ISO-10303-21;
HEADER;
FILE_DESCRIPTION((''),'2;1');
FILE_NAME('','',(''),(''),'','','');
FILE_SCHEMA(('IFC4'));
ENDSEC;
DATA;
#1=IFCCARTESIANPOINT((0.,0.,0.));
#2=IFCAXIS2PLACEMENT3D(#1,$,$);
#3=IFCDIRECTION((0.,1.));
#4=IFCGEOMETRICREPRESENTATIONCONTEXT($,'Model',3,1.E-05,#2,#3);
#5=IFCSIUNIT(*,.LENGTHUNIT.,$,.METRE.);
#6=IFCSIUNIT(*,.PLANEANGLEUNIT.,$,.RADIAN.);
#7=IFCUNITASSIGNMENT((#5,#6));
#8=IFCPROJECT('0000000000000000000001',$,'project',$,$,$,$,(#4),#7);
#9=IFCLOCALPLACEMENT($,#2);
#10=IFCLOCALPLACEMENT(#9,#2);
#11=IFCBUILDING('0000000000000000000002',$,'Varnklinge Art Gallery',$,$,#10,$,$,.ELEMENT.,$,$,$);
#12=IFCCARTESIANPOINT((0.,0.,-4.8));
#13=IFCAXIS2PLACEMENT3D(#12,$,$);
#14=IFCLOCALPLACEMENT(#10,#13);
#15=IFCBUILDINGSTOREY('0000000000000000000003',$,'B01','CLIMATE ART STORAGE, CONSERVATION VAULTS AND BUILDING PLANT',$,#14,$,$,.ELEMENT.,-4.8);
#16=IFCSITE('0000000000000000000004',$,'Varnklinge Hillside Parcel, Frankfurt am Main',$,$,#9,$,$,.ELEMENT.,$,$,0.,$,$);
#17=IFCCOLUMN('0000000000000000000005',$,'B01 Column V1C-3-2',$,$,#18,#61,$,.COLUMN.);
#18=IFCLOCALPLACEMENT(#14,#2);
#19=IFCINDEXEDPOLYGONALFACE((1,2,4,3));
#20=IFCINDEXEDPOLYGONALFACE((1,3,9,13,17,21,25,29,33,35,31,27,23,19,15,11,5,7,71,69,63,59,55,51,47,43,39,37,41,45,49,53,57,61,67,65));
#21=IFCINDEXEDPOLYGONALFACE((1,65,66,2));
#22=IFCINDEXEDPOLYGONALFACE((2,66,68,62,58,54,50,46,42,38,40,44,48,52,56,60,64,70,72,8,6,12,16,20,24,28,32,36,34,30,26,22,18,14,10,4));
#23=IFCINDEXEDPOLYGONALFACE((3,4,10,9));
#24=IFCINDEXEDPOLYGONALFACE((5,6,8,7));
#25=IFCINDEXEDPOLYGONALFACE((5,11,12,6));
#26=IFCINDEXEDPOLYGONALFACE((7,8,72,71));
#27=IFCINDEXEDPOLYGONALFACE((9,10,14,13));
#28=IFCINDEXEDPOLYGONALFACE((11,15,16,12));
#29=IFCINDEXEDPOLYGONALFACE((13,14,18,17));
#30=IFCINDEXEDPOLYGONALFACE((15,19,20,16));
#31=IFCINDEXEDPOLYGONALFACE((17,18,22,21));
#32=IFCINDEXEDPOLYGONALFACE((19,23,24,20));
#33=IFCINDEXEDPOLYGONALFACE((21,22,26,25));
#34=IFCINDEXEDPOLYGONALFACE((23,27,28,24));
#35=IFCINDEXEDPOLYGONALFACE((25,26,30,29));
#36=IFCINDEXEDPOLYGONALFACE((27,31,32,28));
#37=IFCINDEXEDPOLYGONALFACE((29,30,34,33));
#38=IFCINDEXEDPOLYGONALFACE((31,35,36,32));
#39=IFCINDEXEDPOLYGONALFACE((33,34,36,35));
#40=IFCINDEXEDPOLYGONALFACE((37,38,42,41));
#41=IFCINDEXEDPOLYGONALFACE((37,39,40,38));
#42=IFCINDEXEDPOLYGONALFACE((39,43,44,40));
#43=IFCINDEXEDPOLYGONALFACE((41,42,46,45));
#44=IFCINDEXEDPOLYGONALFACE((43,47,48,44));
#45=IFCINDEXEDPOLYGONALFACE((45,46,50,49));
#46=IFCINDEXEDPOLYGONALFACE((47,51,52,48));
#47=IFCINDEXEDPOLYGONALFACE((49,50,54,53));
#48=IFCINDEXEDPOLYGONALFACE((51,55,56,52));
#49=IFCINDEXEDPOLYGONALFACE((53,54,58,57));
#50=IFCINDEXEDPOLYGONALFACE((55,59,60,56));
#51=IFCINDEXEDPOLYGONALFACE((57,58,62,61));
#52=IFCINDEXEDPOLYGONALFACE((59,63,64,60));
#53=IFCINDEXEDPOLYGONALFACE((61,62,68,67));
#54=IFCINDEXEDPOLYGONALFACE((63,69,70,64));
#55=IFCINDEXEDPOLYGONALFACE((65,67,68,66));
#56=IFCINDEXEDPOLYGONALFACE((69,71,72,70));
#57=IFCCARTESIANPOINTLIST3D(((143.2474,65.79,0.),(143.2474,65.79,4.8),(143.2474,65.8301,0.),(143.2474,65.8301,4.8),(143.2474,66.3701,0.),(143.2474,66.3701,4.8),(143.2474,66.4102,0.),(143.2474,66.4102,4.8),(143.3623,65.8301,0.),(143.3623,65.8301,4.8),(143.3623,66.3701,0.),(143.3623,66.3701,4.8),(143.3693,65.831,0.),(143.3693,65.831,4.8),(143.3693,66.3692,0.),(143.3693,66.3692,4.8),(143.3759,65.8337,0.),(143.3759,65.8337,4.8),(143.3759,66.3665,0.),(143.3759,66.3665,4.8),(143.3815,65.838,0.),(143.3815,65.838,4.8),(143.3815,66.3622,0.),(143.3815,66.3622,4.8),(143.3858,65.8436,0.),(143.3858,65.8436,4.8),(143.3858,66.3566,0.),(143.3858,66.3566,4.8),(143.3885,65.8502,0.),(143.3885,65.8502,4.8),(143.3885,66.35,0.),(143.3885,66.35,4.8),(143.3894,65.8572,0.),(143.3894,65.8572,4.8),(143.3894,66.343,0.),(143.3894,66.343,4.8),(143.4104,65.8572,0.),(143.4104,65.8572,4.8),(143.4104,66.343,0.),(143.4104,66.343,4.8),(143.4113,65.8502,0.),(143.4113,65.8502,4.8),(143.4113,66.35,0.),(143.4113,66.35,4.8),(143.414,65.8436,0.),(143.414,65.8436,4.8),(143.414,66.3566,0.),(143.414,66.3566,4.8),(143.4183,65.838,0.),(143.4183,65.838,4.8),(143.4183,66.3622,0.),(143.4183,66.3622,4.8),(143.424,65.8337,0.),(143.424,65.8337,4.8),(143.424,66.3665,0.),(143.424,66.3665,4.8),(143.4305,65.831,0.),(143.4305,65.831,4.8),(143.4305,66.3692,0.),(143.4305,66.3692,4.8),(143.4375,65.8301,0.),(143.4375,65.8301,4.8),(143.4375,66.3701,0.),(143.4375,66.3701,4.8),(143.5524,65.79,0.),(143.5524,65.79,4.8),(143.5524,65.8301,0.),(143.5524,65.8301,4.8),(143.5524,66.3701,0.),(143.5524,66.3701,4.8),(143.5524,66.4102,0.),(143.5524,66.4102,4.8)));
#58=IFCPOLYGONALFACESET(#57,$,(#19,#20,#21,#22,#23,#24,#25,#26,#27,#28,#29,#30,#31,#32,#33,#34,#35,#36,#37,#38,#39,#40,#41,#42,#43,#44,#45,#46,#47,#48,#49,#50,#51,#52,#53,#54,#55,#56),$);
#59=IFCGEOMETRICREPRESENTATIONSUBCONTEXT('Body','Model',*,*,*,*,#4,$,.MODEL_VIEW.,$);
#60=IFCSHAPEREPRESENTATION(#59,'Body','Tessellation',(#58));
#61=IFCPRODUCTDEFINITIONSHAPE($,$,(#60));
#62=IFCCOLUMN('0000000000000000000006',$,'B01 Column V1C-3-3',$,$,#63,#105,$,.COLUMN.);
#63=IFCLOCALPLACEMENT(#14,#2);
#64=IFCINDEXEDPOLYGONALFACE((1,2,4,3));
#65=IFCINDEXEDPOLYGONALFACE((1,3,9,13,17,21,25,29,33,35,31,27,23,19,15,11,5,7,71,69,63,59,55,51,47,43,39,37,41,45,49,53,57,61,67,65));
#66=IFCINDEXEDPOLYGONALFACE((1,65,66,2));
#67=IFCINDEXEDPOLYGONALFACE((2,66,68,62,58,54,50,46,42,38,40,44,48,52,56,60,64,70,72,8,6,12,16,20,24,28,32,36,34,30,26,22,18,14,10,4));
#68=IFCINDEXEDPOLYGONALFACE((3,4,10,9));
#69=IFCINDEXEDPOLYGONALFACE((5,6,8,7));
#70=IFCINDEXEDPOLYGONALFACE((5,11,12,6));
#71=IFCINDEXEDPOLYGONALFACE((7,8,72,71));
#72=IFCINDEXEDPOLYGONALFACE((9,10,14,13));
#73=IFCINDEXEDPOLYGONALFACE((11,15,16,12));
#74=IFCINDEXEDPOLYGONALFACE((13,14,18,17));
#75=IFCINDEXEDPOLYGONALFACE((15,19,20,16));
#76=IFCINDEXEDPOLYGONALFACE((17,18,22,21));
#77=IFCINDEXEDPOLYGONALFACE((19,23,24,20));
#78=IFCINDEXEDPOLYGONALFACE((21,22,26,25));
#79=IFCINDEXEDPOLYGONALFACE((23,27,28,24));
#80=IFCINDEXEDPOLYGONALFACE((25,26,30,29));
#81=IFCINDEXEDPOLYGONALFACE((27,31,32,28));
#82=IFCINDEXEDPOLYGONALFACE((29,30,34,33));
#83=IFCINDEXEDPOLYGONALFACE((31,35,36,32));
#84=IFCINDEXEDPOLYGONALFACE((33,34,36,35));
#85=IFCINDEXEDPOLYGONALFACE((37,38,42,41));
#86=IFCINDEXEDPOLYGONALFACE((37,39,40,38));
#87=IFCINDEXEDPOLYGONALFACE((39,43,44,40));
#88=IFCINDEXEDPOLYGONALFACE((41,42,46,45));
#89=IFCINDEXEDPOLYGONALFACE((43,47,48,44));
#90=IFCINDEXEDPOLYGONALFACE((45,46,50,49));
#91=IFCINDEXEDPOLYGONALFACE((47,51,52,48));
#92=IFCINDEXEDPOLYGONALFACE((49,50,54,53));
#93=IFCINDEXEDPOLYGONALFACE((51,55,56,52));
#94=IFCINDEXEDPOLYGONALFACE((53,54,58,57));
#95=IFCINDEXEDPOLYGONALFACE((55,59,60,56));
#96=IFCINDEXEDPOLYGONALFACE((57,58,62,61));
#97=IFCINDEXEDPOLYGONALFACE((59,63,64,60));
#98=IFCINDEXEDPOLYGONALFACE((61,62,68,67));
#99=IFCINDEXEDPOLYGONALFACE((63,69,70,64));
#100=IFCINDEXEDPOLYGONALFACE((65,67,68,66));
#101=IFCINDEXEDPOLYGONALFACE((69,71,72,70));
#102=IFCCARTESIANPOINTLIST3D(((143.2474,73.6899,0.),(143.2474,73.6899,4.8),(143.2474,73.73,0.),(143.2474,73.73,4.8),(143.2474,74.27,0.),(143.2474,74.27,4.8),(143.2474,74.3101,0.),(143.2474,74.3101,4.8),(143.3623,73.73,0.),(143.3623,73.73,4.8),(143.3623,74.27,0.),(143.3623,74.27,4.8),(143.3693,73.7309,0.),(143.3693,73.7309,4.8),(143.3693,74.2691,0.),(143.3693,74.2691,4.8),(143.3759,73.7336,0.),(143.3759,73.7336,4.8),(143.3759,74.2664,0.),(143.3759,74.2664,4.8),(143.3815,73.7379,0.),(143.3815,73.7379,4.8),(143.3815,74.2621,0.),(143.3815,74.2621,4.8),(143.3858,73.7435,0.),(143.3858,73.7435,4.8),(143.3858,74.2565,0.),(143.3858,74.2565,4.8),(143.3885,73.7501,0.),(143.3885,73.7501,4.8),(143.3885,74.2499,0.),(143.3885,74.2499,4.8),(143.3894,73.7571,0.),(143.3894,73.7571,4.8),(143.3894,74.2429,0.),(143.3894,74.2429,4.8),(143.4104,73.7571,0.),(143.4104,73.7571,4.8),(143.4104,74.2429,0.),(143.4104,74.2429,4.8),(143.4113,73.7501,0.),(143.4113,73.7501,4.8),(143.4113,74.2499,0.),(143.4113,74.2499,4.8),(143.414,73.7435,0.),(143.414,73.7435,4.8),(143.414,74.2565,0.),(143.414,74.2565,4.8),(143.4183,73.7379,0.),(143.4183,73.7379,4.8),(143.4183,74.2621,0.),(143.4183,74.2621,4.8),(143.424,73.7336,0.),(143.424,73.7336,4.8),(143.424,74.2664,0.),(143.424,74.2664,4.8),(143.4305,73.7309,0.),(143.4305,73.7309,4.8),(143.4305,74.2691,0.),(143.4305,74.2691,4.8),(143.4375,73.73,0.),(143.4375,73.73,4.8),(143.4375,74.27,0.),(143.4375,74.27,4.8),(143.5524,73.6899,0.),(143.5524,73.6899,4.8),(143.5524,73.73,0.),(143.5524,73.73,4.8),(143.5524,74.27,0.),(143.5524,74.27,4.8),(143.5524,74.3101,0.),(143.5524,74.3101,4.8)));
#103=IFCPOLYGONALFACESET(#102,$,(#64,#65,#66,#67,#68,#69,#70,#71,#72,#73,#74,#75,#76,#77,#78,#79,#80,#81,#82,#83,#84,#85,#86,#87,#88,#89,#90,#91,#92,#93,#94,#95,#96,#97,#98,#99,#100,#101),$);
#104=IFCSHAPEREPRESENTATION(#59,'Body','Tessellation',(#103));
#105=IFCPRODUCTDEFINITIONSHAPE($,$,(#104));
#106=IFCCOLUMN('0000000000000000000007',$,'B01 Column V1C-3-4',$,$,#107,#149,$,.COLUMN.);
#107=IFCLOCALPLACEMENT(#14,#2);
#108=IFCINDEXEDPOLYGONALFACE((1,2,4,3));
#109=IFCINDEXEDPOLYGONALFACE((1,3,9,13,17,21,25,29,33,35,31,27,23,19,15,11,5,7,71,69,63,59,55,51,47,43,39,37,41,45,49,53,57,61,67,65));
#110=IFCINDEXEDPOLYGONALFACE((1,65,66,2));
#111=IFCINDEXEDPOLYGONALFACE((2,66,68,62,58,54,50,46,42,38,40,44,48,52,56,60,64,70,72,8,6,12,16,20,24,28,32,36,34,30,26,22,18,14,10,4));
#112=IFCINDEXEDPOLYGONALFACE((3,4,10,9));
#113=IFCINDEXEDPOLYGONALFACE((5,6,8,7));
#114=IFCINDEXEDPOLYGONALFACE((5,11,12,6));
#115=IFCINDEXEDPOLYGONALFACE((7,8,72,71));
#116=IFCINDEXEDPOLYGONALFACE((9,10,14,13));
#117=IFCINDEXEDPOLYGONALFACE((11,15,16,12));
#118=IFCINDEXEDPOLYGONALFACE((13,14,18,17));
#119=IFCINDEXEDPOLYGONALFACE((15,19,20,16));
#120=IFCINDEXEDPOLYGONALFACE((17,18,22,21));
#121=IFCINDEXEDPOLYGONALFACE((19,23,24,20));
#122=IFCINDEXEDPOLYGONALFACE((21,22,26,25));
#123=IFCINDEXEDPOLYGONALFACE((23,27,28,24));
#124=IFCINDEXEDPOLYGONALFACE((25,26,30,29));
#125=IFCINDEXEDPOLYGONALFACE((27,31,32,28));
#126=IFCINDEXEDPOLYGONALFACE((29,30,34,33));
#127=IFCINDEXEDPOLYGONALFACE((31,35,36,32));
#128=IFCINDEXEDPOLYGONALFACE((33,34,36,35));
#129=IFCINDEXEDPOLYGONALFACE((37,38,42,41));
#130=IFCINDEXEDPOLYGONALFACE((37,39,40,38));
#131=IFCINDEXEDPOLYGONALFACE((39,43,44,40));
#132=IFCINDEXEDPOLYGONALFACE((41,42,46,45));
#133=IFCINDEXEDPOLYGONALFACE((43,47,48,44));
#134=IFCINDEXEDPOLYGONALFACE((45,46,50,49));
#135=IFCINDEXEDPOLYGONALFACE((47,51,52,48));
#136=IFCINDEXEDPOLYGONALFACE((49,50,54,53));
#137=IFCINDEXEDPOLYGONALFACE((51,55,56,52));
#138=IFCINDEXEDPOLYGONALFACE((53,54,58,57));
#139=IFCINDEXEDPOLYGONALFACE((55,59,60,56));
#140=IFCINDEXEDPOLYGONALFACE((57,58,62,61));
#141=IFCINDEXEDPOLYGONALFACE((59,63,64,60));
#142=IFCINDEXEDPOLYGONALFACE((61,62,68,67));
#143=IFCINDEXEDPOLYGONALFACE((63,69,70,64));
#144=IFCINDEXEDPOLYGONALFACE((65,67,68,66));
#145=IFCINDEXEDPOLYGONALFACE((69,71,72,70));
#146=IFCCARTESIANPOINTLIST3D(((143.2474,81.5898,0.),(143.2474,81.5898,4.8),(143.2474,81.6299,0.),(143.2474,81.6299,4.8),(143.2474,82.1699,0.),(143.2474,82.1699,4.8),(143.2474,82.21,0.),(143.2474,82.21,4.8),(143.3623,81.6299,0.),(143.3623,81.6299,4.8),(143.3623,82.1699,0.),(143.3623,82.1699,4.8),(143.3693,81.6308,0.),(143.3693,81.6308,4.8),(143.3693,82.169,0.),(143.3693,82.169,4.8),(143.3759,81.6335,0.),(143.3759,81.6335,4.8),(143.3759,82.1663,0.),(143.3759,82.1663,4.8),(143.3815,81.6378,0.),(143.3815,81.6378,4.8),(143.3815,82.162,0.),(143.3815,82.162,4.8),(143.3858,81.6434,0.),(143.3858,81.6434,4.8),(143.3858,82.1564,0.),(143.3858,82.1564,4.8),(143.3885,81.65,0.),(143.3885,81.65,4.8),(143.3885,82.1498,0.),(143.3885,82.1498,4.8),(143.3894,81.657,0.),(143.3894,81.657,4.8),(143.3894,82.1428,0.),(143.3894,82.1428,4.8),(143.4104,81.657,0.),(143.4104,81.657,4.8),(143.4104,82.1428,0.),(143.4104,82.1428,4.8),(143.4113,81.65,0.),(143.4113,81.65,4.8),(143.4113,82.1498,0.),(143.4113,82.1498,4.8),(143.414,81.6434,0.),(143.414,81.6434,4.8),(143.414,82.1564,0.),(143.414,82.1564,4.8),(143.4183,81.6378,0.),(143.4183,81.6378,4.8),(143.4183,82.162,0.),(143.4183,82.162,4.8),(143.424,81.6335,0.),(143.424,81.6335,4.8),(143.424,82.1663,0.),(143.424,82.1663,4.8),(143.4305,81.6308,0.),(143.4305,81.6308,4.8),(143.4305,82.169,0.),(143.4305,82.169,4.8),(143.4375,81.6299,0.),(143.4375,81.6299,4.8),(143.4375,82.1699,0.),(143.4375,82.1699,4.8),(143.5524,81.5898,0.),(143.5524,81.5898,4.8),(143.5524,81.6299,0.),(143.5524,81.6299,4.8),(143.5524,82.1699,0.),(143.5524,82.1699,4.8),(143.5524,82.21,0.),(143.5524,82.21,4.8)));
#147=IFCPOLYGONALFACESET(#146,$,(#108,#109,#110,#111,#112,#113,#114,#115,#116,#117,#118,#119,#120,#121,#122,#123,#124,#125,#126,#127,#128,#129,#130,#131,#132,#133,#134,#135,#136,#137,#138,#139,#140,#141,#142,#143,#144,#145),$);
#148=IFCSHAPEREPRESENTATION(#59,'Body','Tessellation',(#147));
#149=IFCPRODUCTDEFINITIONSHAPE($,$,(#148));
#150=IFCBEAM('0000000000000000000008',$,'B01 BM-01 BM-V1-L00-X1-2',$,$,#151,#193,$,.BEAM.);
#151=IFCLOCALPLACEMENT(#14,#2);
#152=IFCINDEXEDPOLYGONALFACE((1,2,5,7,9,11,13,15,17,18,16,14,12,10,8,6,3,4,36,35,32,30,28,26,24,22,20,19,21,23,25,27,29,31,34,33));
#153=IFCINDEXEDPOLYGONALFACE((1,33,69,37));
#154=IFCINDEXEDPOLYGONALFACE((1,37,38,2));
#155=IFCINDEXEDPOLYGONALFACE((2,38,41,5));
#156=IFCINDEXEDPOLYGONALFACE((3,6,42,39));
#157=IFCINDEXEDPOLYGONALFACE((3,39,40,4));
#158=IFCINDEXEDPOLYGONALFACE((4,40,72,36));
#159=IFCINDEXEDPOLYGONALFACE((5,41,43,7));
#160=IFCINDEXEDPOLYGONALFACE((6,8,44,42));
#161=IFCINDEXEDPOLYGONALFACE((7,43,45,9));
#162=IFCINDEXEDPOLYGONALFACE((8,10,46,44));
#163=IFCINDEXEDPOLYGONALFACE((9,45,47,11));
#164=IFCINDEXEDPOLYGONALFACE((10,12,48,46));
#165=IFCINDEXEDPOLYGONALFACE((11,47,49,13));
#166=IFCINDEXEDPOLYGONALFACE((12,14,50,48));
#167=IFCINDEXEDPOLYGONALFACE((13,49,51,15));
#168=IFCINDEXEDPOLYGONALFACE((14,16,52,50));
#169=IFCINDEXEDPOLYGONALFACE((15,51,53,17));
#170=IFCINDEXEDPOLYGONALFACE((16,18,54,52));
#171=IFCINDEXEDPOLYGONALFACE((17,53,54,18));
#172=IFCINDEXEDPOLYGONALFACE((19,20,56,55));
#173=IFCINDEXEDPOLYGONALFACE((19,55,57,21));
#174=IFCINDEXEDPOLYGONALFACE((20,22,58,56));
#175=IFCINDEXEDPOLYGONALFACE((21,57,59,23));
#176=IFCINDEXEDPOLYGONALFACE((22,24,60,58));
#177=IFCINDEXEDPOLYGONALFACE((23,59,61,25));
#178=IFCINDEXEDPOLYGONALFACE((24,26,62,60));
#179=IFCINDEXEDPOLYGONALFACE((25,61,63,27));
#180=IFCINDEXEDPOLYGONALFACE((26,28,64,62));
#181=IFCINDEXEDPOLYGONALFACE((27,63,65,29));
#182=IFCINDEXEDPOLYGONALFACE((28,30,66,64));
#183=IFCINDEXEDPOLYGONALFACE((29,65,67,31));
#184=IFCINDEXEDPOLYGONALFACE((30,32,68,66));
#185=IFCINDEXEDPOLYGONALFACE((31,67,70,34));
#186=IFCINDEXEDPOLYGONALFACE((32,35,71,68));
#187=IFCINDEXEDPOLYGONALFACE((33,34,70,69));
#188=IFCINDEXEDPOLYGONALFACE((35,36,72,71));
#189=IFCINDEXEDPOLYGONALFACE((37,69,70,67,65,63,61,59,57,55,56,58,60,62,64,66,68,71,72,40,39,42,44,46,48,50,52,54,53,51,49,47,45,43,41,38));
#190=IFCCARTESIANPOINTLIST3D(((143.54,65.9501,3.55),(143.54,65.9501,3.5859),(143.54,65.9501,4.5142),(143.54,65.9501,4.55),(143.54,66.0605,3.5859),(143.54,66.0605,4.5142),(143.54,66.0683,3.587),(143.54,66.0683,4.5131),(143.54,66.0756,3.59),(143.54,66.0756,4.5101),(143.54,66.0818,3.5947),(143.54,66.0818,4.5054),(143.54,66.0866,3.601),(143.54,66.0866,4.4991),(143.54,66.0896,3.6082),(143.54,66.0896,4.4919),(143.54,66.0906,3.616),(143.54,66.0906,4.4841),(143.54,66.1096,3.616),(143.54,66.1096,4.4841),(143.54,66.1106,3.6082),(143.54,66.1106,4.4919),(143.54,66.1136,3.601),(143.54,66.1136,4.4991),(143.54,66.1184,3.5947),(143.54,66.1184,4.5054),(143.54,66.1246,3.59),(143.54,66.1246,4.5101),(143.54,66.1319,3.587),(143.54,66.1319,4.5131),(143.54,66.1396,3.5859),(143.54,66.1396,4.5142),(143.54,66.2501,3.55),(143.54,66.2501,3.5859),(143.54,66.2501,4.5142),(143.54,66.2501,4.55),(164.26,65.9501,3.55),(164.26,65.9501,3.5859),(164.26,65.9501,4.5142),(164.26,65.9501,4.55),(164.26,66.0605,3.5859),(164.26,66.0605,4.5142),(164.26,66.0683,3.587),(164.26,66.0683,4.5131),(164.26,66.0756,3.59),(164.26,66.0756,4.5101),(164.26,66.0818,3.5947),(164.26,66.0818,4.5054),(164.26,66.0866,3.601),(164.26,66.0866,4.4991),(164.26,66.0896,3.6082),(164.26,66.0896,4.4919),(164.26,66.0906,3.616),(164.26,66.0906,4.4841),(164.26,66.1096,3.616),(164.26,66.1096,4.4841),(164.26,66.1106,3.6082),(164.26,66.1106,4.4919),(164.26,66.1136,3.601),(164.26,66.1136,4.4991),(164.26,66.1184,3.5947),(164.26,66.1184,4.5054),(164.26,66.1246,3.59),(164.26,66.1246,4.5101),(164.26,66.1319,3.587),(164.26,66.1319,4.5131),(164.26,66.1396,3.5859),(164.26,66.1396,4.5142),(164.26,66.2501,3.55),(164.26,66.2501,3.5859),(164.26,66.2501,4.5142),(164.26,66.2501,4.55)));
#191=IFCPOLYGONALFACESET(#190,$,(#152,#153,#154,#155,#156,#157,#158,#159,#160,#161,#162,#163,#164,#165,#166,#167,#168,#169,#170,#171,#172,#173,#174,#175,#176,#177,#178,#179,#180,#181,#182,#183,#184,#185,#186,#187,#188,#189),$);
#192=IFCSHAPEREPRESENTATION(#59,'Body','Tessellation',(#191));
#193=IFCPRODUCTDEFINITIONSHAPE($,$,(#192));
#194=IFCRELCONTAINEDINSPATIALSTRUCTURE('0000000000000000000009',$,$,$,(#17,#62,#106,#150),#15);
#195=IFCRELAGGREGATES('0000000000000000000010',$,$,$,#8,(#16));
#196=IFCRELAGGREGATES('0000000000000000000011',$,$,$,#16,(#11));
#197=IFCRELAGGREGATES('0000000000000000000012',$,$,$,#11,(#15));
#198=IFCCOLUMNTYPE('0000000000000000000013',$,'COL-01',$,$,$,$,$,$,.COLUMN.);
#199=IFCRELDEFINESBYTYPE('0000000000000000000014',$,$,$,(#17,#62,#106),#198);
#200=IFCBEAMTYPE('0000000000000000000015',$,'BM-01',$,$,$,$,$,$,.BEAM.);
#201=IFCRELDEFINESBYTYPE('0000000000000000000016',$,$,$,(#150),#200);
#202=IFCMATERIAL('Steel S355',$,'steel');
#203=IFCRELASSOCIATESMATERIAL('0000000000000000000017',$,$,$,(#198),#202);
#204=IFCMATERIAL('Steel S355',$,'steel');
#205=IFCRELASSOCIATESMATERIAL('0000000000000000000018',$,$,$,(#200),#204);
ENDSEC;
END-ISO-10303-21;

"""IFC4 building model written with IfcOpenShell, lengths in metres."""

from ifc_helpers import new_model, si_unit, direction, frame, origin, origin_2d, place, context, subcontext, project, spatial, i_section, extrude, material, material_profile, profile_set, type_object, element, save


model = new_model("IFC4")

# Units and contexts
model_context = context("Model", 3, precision=1e-05, world=origin(), true_north=direction((0.0, 1.0)))
body_context = subcontext(model_context, "Body", "Model", "MODEL_VIEW")
ifc_project = project(units=[si_unit("LENGTHUNIT", "METRE"), si_unit("PLANEANGLEUNIT", "RADIAN")], contexts=[model_context])

# Site, building, storey
site_placement = place(None, origin())
site = spatial("IfcSite", under=ifc_project, at=site_placement, Name="Varnklinge Hillside Parcel, Frankfurt am Main", CompositionType="ELEMENT", RefElevation=0.0)
building_placement = place(site_placement, origin())
building = spatial("IfcBuilding", under=site, at=building_placement, Name="Varnklinge Art Gallery", CompositionType="ELEMENT")
storey_placement = place(building_placement, frame((0.0, 0.0, -4.8)))
storey = spatial("IfcBuildingStorey", under=building, at=storey_placement, Name="B01", Description="CLIMATE ART STORAGE, CONSERVATION VAULTS AND BUILDING PLANT", CompositionType="ELEMENT", Elevation=-4.8)

# Columns
ifc_material_1 = material(Name="Steel S355", Category="steel")
ifc_material_profile_1 = material_profile(ifc_material_1, i_section(OverallWidth=0.3049, OverallDepth=0.6201, WebThickness=0.021, FlangeThickness=0.04, FilletRadius=0.0271, at=origin_2d()), Name="HEM 600")
ifc_profile_set_1 = profile_set([ifc_material_profile_1], Name="Steel S355")
column_type = type_object("IfcColumnType", Name="COL-01", PredefinedType="COLUMN", material=ifc_profile_set_1)
for number, where, z_axis, x_axis, name in (
    (1, (143.3999, 66.1001, 0.0), (0.0, 0.0, 1.0), (1.0, 0.0, 0.0), "B01 Column V1C-3-2"),
    (2, (143.3999, 74.0, 0.0), (0.0, 0.0, 1.0), (1.0, 0.0, 0.0), "B01 Column V1C-3-3"),
    (3, (143.3999, 81.8999, 0.0), (0.0, 0.0, 1.0), (1.0, 0.0, 0.0), "B01 Column V1C-3-4"),
):
    element("IfcColumn", number, at=place(storey_placement, frame(where, z_axis=z_axis, x_axis=x_axis)), inside=storey, type_object=column_type, Name=name, PredefinedType="COLUMN", context=body_context, shape_type="SweptSolid", body=[
        extrude(i_section(OverallWidth=0.3049, OverallDepth=0.6201, WebThickness=0.021, FlangeThickness=0.04, FilletRadius=0.0271, at=origin_2d()), origin(), (0.0, 0.0, 1.0), 4.8),
    ])

# Beam
ifc_material_2 = material(Name="Steel S355", Category="steel")
ifc_material_profile_2 = material_profile(ifc_material_2, i_section(OverallWidth=0.3, OverallDepth=1.0, WebThickness=0.019, FlangeThickness=0.0359, FilletRadius=0.03, at=origin_2d()), Name="HEB 1000")
ifc_profile_set_2 = profile_set([ifc_material_profile_2], Name="Steel S355")
beam_type_1 = type_object("IfcBeamType", Name="BM-01", PredefinedType="BEAM", material=ifc_profile_set_2)
for number, where, z_axis, x_axis, name in (
    (4, (143.54, 66.1001, 4.05), (1.0, 0.0, 0.0), (0.0, 1.0, 0.0), "B01 BM-01 BM-V1-L00-X1-2"),
):
    element("IfcBeam", number, at=place(storey_placement, frame(where, z_axis=z_axis, x_axis=x_axis)), inside=storey, type_object=beam_type_1, Name=name, PredefinedType="BEAM", context=body_context, shape_type="SweptSolid", body=[
        extrude(i_section(OverallWidth=0.3, OverallDepth=1.0, WebThickness=0.019, FlangeThickness=0.0359, FilletRadius=0.03, at=origin_2d()), origin(), (0.0, 0.0, 1.0), 20.72),
    ])

save(model, "model.ifc")
